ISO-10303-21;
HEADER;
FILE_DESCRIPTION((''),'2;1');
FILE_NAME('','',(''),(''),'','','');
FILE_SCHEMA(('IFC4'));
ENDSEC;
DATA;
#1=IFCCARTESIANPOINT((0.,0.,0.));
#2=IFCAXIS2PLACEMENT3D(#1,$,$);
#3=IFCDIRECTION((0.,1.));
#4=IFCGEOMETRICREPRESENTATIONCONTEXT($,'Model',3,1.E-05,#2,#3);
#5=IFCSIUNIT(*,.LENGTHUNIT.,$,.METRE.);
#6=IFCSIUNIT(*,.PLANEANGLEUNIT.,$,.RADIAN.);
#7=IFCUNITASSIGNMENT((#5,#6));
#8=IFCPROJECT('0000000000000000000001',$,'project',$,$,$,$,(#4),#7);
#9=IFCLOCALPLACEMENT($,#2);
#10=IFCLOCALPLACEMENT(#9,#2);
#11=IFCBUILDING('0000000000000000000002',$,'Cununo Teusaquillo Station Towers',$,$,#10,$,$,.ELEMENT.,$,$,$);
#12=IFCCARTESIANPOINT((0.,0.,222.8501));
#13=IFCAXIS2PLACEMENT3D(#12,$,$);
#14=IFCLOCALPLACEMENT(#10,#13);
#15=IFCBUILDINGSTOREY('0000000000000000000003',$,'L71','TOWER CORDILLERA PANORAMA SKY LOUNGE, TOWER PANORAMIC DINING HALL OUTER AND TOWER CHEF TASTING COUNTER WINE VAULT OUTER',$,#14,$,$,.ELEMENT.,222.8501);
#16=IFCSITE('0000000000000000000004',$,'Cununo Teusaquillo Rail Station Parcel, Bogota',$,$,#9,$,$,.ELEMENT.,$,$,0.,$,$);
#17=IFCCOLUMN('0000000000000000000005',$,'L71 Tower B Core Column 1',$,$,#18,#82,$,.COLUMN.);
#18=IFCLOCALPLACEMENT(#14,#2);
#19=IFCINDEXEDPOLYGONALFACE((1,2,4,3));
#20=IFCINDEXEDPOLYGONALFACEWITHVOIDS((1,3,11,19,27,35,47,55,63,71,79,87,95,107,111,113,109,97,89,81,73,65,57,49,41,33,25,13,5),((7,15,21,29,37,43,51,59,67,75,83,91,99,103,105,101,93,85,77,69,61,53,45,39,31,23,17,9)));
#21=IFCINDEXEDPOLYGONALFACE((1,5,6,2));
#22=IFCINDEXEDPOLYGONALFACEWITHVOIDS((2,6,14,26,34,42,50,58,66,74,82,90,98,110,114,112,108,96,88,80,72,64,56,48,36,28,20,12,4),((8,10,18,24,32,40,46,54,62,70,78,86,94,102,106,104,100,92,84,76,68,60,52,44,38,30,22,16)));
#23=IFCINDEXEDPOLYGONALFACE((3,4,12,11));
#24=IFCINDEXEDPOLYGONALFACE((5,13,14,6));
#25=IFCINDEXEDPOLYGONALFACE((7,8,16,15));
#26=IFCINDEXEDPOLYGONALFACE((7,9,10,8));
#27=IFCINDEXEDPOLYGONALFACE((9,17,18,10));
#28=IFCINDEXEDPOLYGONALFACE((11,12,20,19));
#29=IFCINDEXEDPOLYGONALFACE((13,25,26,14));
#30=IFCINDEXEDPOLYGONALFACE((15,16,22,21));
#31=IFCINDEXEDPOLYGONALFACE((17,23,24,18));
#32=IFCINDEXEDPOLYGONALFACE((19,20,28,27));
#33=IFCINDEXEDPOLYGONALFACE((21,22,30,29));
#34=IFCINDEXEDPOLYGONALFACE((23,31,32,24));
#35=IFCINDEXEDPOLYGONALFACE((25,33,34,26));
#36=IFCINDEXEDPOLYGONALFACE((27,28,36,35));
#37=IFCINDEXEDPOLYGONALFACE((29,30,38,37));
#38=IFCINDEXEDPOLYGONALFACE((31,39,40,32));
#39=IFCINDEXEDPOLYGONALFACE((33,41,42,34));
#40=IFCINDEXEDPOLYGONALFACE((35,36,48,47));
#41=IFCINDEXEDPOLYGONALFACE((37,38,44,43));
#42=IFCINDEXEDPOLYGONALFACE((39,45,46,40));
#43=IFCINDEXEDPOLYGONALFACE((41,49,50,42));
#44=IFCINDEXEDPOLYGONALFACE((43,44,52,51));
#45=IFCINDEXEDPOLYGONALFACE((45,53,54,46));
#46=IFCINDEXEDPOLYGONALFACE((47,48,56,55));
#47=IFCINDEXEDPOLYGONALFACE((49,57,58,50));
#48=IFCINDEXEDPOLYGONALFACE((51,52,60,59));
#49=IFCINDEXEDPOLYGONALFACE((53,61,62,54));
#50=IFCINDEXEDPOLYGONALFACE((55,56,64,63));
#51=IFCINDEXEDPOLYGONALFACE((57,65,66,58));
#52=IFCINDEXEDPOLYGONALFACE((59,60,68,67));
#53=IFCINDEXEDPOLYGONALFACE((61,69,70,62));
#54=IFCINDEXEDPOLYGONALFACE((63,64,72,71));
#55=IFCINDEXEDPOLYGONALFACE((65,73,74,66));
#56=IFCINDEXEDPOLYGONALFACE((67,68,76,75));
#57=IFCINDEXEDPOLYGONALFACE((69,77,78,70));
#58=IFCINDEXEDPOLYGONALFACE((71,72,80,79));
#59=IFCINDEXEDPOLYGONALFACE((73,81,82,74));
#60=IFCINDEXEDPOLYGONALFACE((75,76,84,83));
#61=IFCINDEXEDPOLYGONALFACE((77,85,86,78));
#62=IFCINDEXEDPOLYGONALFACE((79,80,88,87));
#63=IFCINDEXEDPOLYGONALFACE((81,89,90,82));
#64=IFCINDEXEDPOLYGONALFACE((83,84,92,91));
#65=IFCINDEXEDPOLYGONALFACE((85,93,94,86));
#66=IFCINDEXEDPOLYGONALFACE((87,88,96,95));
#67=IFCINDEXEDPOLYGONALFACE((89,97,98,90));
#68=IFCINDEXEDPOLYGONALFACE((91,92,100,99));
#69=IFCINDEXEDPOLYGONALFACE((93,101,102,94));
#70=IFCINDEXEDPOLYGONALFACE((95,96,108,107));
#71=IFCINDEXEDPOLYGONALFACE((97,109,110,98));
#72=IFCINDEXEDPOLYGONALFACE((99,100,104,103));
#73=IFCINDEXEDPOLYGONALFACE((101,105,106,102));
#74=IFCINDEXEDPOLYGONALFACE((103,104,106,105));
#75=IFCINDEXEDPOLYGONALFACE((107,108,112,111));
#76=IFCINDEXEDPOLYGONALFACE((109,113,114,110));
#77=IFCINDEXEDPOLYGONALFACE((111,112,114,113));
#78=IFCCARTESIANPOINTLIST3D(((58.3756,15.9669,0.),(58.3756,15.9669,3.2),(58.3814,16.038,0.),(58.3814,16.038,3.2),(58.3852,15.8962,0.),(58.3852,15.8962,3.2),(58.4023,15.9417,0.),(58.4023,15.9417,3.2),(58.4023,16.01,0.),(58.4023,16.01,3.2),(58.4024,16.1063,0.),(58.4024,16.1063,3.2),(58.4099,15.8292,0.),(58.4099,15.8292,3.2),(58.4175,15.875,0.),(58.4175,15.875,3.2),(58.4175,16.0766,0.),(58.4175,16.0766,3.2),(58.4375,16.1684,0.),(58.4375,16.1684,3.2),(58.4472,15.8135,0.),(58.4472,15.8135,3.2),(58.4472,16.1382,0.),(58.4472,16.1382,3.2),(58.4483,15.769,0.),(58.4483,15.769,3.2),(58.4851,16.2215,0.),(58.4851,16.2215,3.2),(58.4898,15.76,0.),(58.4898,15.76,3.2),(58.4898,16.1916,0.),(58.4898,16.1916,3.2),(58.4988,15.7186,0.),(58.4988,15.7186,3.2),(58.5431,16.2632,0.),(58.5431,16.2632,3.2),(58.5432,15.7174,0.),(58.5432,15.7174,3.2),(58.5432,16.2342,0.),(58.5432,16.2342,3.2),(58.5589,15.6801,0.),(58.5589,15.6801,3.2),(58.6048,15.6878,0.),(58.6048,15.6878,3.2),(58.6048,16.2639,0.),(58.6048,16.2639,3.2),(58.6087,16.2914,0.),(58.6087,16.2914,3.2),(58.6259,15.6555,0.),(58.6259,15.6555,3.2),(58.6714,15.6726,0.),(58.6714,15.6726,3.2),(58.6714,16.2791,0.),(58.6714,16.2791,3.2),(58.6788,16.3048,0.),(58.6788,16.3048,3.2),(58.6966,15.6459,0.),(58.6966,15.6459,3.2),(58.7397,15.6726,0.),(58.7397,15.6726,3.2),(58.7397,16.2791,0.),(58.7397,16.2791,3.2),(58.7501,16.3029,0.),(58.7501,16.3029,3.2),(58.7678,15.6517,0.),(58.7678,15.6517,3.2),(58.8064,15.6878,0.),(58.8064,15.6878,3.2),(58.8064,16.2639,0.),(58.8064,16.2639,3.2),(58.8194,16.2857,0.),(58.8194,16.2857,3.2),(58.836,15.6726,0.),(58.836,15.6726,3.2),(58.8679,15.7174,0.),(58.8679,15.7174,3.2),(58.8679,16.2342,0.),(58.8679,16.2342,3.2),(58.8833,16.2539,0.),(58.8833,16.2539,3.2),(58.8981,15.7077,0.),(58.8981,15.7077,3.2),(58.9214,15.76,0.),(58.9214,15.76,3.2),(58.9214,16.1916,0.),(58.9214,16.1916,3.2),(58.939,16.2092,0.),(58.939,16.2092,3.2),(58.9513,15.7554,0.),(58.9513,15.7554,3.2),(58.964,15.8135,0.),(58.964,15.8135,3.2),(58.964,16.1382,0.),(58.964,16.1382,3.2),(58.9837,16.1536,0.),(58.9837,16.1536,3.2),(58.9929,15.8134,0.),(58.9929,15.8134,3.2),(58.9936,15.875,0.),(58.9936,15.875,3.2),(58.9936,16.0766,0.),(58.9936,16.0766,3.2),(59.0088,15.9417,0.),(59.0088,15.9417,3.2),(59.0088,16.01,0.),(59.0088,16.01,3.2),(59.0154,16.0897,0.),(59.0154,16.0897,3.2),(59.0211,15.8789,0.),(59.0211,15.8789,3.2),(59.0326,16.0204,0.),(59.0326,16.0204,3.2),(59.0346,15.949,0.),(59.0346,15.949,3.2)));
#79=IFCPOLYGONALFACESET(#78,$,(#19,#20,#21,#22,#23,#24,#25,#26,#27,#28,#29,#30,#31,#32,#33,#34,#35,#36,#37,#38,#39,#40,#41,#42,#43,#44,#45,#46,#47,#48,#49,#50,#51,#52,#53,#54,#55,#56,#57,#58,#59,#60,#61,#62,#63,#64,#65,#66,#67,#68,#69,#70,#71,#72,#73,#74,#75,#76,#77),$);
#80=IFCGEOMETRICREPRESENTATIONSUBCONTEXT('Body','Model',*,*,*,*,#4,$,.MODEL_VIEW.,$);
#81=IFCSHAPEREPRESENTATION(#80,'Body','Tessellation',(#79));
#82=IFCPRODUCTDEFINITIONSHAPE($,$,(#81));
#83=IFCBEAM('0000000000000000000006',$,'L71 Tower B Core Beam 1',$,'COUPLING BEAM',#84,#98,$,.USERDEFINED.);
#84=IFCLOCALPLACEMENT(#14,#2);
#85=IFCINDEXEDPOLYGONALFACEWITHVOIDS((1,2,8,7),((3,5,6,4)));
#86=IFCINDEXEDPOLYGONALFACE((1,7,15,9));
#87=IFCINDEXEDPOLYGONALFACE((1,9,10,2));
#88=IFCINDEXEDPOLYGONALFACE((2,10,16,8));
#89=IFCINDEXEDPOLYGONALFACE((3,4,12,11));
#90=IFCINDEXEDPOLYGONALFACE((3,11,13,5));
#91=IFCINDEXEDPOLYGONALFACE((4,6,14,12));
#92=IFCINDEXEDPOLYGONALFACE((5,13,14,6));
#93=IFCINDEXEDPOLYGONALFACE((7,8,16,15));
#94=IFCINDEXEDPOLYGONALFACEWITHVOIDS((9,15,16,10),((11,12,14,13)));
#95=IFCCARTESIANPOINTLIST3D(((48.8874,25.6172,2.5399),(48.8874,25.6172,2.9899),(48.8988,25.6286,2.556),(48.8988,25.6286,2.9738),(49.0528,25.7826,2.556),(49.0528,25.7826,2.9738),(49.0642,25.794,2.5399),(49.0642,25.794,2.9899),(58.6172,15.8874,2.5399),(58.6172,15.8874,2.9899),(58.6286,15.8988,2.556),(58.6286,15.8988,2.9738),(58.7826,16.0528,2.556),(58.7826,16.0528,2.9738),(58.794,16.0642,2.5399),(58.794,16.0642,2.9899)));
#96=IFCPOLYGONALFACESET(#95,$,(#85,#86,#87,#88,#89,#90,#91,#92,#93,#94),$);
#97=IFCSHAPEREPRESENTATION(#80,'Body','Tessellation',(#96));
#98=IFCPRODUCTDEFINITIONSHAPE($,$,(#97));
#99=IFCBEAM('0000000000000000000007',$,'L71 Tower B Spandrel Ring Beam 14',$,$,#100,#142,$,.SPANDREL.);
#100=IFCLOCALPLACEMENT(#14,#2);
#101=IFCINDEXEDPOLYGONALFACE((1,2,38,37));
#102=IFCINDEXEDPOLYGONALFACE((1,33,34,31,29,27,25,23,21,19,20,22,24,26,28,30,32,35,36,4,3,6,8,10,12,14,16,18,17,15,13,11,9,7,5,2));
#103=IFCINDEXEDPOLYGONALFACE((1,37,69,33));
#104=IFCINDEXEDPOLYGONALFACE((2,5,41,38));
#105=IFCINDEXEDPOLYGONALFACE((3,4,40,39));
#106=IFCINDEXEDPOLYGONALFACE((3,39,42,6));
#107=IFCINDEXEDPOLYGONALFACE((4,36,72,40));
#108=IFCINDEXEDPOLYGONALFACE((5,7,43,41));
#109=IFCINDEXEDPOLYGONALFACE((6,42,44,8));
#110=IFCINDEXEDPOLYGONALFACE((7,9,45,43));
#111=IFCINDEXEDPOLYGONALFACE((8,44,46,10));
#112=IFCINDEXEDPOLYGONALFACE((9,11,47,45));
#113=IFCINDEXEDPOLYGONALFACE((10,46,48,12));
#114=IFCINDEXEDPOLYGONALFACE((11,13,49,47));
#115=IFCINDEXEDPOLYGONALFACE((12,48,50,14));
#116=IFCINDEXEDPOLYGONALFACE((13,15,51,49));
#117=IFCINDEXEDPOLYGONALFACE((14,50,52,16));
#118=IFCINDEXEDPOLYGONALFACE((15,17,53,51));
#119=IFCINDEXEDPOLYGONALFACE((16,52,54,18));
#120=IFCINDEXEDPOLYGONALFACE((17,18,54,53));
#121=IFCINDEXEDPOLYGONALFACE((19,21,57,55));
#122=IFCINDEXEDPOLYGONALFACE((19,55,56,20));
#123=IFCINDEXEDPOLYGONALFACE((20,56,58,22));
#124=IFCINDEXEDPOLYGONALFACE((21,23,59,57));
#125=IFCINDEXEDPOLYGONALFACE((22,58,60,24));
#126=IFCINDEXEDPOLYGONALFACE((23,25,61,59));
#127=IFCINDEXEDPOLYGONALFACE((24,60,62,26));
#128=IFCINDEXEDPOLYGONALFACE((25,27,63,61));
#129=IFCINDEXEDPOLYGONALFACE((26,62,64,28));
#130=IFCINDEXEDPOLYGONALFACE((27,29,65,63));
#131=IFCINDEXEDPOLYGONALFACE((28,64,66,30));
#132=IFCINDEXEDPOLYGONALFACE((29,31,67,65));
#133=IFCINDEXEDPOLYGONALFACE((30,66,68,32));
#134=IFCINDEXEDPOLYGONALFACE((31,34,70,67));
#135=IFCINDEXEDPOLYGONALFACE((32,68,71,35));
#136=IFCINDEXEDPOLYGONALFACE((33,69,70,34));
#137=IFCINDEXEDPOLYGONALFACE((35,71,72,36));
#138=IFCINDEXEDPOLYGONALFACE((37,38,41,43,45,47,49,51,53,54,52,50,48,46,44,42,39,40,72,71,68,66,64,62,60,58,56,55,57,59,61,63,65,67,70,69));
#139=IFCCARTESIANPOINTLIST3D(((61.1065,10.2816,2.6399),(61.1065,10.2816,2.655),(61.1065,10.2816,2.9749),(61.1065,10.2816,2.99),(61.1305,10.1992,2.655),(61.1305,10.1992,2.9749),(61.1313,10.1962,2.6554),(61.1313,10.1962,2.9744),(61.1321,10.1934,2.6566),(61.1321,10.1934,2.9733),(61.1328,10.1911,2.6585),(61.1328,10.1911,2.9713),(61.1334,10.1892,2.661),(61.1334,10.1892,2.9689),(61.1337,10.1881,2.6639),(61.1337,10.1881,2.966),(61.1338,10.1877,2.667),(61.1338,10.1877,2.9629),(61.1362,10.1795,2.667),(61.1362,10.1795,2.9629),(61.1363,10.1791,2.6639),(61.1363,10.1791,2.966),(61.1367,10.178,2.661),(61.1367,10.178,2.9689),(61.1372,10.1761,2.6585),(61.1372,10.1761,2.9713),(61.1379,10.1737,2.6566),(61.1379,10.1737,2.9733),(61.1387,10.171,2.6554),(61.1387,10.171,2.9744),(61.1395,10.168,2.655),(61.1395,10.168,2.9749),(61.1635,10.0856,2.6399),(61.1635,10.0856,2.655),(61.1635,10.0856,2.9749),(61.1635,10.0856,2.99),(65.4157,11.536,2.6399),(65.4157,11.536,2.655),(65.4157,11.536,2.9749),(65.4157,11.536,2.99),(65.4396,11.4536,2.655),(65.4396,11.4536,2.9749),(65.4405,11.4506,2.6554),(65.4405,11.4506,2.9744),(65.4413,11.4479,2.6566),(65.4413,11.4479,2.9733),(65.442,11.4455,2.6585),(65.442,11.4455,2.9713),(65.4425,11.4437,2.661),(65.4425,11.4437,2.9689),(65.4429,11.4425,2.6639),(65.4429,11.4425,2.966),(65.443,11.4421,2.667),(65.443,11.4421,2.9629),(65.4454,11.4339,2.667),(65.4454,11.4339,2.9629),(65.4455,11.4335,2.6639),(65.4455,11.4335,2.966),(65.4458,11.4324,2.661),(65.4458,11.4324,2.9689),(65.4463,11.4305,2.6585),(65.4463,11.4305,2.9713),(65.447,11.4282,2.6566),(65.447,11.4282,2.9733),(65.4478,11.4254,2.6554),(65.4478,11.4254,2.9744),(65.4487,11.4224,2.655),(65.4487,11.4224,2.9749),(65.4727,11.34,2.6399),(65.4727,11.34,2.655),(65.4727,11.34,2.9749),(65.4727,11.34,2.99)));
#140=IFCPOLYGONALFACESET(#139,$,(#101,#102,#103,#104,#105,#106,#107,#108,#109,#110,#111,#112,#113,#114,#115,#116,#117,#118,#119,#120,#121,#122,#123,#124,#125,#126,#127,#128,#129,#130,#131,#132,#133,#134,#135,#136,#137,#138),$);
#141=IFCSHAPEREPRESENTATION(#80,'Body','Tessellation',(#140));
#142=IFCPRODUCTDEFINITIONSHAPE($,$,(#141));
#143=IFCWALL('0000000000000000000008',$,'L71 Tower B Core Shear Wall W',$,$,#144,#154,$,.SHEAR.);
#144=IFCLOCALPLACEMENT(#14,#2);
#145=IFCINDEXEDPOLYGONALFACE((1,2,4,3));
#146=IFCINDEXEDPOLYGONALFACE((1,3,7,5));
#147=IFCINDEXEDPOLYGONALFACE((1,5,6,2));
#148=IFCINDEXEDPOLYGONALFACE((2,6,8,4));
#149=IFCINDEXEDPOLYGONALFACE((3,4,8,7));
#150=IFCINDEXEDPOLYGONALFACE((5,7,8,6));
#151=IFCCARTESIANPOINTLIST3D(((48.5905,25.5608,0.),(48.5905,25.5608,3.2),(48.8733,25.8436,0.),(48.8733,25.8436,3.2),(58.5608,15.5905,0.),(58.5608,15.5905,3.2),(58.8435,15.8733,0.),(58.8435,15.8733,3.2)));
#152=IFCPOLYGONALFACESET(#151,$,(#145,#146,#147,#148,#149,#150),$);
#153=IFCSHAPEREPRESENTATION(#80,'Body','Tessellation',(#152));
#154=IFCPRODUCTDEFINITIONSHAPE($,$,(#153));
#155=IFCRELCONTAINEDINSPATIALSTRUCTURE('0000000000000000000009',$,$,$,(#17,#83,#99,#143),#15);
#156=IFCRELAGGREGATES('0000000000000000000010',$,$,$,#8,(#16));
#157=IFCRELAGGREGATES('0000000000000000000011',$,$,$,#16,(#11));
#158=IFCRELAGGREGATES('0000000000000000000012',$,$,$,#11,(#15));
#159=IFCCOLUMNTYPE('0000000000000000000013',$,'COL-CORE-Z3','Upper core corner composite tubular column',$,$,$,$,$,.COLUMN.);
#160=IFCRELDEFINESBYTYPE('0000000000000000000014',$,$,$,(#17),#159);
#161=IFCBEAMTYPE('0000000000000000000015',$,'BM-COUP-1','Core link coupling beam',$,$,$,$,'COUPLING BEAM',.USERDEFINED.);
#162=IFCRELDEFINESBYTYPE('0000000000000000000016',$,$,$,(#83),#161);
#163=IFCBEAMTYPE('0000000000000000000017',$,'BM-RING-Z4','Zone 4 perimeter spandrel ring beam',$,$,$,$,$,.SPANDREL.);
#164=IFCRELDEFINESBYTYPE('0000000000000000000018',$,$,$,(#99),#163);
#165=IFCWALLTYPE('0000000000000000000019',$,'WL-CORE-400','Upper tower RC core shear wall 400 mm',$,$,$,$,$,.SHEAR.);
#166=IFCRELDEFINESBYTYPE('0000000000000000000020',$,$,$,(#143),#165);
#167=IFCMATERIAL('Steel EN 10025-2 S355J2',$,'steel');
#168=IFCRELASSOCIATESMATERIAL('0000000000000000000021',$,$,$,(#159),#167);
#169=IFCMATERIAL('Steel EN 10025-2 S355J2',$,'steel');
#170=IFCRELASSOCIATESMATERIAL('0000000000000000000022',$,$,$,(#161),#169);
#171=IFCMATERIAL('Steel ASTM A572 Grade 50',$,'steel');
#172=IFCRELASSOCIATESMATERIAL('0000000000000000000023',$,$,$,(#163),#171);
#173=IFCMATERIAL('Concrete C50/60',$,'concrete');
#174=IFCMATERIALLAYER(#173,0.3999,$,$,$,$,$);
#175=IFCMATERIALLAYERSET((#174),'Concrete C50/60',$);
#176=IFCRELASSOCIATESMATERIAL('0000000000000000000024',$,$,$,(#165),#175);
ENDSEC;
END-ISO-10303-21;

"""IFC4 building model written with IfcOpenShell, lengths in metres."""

from ifc_helpers import new_model, si_unit, direction, frame, frame_2d, origin, origin_2d, place, context, subcontext, project, spatial, rectangle, hollow_rectangle, hollow_circle, i_section, extrude, material, layer, layer_set, material_profile, profile_set, type_object, element, save


model = new_model("IFC4")

# Units and contexts
model_context = context("Model", 3, precision=1e-05, world=origin(), true_north=direction((0.0, 1.0)))
body_context = subcontext(model_context, "Body", "Model", "MODEL_VIEW")
ifc_project = project(units=[si_unit("LENGTHUNIT", "METRE"), si_unit("PLANEANGLEUNIT", "RADIAN")], contexts=[model_context])

# Site, building, storey
site_placement = place(None, origin())
site = spatial("IfcSite", under=ifc_project, at=site_placement, Name="Cununo Teusaquillo Rail Station Parcel, Bogota", CompositionType="ELEMENT", RefElevation=0.0)
building_placement = place(site_placement, origin())
building = spatial("IfcBuilding", under=site, at=building_placement, Name="Cununo Teusaquillo Station Towers", CompositionType="ELEMENT")
storey_placement = place(building_placement, frame((0.0, 0.0, 222.8501)))
storey = spatial("IfcBuildingStorey", under=building, at=storey_placement, Name="L71", Description="TOWER CORDILLERA PANORAMA SKY LOUNGE, TOWER PANORAMIC DINING HALL OUTER AND TOWER CHEF TASTING COUNTER WINE VAULT OUTER", CompositionType="ELEMENT", Elevation=222.8501)

# Column
ifc_material_1 = material(Name="Steel EN 10025-2 S355J2", Category="steel")
ifc_material_profile_1 = material_profile(ifc_material_1, hollow_circle(Radius=0.3301, WallThickness=0.0249, at=origin_2d()), Name="CHS 660x25")
ifc_profile_set_1 = profile_set([ifc_material_profile_1], Name="Steel EN 10025-2 S355J2")
column_type = type_object("IfcColumnType", Name="COL-CORE-Z3", Description="Upper core corner composite tubular column", PredefinedType="COLUMN", material=ifc_profile_set_1)
column_placement = place(storey_placement, frame((58.7056, 15.9758, 0.0), z_axis=(0.0, 0.0, 1.0), x_axis=(0.707107, 0.707107, 0.0)))
element("IfcColumn", 1, at=column_placement, inside=storey, type_object=column_type, Name="L71 Tower B Core Column 1", PredefinedType="COLUMN", context=body_context, shape_type="SweptSolid", body=[
    extrude(hollow_circle(Radius=0.3301, WallThickness=0.0249, at=origin_2d()), origin(), (0.0, 0.0, 1.0), 3.2),
])

# Beams
ifc_material_2 = material(Name="Steel EN 10025-2 S355J2", Category="steel")
ifc_material_profile_2 = material_profile(ifc_material_2, hollow_rectangle(XDim=0.25, YDim=0.45, WallThickness=0.0161, at=origin_2d()), Name="RHS 450x250x16")
ifc_profile_set_2 = profile_set([ifc_material_profile_2], Name="Steel EN 10025-2 S355J2")
beam_type_1 = type_object("IfcBeamType", Name="BM-COUP-1", Description="Core link coupling beam", ElementType="COUPLING BEAM", PredefinedType="USERDEFINED", material=ifc_profile_set_2)
beam_1_placement = place(storey_placement, frame((58.7056, 15.9758, 2.7649), z_axis=(-0.707107, 0.707107, 0.0), x_axis=(-0.707107, -0.707107, 0.0)))
element("IfcBeam", 2, at=beam_1_placement, inside=storey, type_object=beam_type_1, Name="L71 Tower B Core Beam 1", ObjectType="COUPLING BEAM", PredefinedType="USERDEFINED", context=body_context, shape_type="SweptSolid", body=[
    extrude(hollow_rectangle(XDim=0.25, YDim=0.45, WallThickness=0.0161, at=origin_2d()), origin(), (0.0, 0.0, 1.0), 13.76),
])
ifc_material_3 = material(Name="Steel ASTM A572 Grade 50", Category="steel")
ifc_material_profile_3 = material_profile(ifc_material_3, i_section(OverallWidth=0.2041, OverallDepth=0.3501, WebThickness=0.0085, FlangeThickness=0.0151, FilletRadius=0.012, at=origin_2d()), Name="W14X48")
ifc_profile_set_3 = profile_set([ifc_material_profile_3], Name="Steel ASTM A572 Grade 50")
beam_type_2 = type_object("IfcBeamType", Name="BM-RING-Z4", Description="Zone 4 perimeter spandrel ring beam", PredefinedType="SPANDREL", material=ifc_profile_set_3)
beam_2_placement = place(storey_placement, frame((61.135, 10.1836, 2.8149), z_axis=(0.960145, 0.279503, 0.0), x_axis=(-0.279503, 0.960145, 0.0)))
element("IfcBeam", 3, at=beam_2_placement, inside=storey, type_object=beam_type_2, Name="L71 Tower B Spandrel Ring Beam 14", PredefinedType="SPANDREL", context=body_context, shape_type="SweptSolid", body=[
    extrude(i_section(OverallWidth=0.2041, OverallDepth=0.3501, WebThickness=0.0085, FlangeThickness=0.0151, FilletRadius=0.012, at=origin_2d()), origin(), (0.0, 0.0, 1.0), 4.488),
])

# Wall
ifc_material_4 = material(Name="Concrete C50/60", Category="concrete")
ifc_layer_1 = layer(ifc_material_4, 0.3999)
ifc_layer_set_1 = layer_set([ifc_layer_1], Name="Concrete C50/60")
wall_type_1 = type_object("IfcWallType", Name="WL-CORE-400", Description="Upper tower RC core shear wall 400 mm", PredefinedType="SHEAR", material=ifc_layer_set_1)
wall_1_placement = place(storey_placement, frame((58.7021, 15.7319, 0.0), z_axis=(0.0, 0.0, 1.0), x_axis=(-0.707107, 0.707107, 0.0)))
element("IfcWall", 4, at=wall_1_placement, inside=storey, type_object=wall_type_1, Name="L71 Tower B Core Shear Wall W", PredefinedType="SHEAR", context=body_context, shape_type="SweptSolid", body=[
    extrude(rectangle(XDim=14.1001, YDim=0.3999, at=frame_2d((7.05, 0.0))), origin(), (0.0, 0.0, 1.0), 3.2),
])

save(model, "model.ifc")
